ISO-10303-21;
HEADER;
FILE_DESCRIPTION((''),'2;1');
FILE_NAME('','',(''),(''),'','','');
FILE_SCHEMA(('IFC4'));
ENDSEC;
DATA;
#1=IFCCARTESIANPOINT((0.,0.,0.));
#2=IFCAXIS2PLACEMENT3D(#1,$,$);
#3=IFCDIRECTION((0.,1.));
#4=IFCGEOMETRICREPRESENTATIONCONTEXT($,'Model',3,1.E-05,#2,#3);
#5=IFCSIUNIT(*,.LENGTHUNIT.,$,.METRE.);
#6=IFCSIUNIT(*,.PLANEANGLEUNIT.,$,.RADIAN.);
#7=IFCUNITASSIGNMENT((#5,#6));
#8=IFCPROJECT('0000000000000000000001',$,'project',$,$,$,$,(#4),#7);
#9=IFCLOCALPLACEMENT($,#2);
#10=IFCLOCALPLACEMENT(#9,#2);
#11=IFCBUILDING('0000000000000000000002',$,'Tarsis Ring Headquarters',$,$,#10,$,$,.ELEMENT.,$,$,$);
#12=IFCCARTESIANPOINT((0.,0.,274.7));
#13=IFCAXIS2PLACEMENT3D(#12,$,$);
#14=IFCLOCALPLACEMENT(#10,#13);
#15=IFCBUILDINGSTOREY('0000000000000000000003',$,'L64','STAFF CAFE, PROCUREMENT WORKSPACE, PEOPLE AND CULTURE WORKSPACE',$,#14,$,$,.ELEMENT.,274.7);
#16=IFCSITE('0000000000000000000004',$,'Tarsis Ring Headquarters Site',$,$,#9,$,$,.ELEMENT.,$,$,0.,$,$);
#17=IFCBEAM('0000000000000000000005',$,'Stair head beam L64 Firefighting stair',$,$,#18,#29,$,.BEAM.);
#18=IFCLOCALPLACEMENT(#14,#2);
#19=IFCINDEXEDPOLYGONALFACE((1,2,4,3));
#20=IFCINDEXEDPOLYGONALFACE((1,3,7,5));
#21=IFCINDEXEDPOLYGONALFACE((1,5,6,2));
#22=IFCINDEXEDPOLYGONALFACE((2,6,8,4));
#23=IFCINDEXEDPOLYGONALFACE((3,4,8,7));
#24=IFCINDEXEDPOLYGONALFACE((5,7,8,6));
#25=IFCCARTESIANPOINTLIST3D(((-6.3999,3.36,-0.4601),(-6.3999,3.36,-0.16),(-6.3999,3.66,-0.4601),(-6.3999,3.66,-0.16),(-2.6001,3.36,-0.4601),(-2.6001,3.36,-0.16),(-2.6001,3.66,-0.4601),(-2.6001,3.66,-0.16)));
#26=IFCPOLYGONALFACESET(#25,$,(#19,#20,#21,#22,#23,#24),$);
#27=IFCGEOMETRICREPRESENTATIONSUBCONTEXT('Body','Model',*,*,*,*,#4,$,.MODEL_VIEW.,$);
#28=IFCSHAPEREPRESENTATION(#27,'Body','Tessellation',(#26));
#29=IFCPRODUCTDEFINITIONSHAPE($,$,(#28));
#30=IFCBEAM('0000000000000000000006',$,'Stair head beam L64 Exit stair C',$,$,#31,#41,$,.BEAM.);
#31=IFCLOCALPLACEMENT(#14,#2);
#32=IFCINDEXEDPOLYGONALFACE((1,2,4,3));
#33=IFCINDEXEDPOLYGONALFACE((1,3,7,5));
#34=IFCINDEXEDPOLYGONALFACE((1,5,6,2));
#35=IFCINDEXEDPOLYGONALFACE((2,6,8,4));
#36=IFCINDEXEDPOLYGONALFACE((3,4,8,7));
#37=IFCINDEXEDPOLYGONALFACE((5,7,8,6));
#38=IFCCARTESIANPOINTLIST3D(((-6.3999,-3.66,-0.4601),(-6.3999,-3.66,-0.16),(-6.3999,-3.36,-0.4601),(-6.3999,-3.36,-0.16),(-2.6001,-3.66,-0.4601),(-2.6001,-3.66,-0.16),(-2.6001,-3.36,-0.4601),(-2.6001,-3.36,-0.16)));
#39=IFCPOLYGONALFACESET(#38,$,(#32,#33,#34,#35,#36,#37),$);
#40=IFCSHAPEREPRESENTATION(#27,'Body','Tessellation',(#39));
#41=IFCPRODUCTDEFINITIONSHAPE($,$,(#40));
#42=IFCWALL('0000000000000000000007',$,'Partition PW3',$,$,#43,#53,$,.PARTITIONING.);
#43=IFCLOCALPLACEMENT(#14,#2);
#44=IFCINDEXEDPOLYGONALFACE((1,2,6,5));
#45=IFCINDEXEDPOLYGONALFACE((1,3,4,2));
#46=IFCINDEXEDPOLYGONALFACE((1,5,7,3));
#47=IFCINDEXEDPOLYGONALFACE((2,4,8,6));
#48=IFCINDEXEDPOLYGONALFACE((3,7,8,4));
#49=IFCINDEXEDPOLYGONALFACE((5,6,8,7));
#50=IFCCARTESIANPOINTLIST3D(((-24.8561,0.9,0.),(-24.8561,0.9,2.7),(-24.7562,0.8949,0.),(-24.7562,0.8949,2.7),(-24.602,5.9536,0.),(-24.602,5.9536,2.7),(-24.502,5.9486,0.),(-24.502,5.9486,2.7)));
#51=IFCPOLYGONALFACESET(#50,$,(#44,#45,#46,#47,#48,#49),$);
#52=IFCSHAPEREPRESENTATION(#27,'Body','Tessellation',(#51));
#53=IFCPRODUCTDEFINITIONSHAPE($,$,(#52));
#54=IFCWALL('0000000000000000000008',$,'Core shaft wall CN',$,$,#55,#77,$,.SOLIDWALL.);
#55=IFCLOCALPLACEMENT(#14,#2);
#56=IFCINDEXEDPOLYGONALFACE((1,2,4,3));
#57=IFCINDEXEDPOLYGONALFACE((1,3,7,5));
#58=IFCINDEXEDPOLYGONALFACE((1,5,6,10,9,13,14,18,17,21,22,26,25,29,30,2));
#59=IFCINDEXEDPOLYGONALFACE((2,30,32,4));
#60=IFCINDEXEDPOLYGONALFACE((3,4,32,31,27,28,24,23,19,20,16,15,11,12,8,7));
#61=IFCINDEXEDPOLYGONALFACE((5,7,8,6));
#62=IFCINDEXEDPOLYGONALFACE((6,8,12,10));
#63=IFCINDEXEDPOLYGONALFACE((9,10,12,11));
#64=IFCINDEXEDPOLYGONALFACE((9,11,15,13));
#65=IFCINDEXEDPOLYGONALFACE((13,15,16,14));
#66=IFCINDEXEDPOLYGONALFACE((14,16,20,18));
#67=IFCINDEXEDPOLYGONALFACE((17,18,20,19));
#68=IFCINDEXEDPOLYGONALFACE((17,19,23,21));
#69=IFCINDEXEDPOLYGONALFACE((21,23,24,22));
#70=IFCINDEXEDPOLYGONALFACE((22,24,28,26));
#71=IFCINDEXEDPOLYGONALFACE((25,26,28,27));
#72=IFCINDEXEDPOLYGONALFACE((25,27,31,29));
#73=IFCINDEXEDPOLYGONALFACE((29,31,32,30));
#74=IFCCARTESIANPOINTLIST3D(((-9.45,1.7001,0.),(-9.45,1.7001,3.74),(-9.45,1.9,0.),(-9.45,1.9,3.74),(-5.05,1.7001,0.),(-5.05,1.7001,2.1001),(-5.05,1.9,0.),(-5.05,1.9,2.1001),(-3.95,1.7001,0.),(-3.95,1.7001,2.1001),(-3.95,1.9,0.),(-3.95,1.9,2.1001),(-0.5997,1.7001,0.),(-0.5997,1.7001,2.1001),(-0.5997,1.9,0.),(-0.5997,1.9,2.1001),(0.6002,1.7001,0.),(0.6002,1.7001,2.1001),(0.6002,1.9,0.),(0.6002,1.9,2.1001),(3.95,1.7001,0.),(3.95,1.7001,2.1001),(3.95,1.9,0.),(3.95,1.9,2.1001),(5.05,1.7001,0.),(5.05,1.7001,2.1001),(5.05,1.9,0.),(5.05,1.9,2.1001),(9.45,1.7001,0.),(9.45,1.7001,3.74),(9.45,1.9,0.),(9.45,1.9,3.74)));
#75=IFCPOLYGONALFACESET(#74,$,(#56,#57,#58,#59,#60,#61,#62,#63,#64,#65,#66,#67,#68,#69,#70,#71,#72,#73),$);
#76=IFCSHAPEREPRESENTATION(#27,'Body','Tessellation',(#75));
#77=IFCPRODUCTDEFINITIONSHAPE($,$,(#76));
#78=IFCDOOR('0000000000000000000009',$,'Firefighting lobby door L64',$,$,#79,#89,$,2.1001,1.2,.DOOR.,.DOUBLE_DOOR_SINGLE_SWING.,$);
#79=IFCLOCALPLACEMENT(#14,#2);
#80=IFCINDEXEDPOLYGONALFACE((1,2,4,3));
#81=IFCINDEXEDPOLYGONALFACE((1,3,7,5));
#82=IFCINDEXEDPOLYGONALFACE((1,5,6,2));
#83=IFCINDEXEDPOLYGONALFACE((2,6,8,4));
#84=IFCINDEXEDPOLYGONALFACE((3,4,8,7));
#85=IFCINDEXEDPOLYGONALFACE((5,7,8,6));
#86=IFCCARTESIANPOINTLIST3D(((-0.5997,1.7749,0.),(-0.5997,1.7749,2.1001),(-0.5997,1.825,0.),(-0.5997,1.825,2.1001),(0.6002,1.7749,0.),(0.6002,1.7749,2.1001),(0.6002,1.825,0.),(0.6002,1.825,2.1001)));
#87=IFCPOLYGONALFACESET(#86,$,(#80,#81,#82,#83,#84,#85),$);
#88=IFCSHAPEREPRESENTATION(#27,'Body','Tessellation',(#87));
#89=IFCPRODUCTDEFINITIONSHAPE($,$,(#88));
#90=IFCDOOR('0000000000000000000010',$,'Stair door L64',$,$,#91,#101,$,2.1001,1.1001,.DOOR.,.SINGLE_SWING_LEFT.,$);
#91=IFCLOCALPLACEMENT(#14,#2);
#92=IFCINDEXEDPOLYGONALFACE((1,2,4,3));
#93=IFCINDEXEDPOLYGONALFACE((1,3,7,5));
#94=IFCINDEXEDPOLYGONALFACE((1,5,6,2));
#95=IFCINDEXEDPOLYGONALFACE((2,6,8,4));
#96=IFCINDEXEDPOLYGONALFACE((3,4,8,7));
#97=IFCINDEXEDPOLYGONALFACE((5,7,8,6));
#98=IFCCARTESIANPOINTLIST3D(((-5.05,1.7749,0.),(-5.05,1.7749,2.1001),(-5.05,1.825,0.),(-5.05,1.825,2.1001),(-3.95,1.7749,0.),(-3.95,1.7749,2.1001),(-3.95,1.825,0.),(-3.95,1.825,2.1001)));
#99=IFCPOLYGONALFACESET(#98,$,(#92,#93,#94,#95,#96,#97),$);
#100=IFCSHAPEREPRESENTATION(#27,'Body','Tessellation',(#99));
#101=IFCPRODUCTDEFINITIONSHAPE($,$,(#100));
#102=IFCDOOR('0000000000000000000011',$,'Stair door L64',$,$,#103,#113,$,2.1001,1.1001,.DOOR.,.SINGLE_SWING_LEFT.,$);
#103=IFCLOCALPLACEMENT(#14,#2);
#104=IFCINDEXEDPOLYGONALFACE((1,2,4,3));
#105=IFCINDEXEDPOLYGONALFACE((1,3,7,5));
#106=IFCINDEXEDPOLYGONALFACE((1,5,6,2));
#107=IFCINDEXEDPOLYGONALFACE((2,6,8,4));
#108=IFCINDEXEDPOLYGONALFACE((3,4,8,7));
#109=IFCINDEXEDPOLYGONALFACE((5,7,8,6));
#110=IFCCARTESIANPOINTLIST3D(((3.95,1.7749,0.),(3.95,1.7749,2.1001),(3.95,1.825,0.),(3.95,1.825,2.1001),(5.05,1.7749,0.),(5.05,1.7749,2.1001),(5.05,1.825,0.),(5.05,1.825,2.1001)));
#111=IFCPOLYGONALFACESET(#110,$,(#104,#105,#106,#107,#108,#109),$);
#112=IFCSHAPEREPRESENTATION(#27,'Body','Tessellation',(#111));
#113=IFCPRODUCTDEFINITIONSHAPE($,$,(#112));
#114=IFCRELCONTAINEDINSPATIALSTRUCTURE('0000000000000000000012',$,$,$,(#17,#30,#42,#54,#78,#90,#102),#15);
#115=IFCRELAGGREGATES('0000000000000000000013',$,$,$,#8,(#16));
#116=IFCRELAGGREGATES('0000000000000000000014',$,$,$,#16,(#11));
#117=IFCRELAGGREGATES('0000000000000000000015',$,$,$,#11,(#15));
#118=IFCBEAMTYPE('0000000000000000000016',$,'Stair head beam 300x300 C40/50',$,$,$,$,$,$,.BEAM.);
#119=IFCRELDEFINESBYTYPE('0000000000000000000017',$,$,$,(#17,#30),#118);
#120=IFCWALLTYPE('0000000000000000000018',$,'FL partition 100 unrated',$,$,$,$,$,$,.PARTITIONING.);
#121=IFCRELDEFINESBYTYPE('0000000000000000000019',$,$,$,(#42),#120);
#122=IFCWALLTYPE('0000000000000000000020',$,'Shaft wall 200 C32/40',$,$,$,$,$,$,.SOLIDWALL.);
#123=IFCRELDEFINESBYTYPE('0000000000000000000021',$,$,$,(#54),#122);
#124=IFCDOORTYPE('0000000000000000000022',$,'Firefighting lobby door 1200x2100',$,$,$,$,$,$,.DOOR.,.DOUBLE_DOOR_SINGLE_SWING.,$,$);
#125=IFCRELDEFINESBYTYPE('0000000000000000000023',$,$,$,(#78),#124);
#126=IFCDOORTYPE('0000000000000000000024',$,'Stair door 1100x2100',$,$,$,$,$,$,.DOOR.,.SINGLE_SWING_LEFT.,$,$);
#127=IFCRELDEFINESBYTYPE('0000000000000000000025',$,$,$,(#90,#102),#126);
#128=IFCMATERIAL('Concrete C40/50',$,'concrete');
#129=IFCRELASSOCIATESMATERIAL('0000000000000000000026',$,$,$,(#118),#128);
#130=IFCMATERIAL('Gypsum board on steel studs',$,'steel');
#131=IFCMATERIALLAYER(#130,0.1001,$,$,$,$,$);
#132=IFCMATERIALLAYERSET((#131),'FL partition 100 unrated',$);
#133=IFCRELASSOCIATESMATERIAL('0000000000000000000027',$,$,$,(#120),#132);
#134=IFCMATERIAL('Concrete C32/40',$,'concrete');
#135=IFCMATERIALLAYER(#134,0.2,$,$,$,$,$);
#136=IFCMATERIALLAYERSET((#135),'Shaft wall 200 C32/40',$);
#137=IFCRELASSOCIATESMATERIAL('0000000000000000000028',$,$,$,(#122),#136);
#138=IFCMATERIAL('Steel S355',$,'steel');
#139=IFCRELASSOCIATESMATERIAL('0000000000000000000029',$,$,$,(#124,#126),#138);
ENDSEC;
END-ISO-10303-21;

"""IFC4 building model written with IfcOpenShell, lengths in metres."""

from ifc_helpers import new_model, si_unit, direction, frame, frame_2d, origin, origin_2d, place, context, subcontext, project, spatial, rectangle, extrude, material, layer, layer_set, material_profile, profile_set, type_object, element, fill, save


model = new_model("IFC4")

# Units and contexts
model_context = context("Model", 3, precision=1e-05, world=origin(), true_north=direction((0.0, 1.0)))
body_context = subcontext(model_context, "Body", "Model", "MODEL_VIEW")
ifc_project = project(units=[si_unit("LENGTHUNIT", "METRE"), si_unit("PLANEANGLEUNIT", "RADIAN")], contexts=[model_context])

# Site, building, storey
site_placement = place(None, origin())
site = spatial("IfcSite", under=ifc_project, at=site_placement, Name="Tarsis Ring Headquarters Site", CompositionType="ELEMENT", RefElevation=0.0)
building_placement = place(site_placement, origin())
building = spatial("IfcBuilding", under=site, at=building_placement, Name="Tarsis Ring Headquarters", CompositionType="ELEMENT")
storey_placement = place(building_placement, frame((0.0, 0.0, 274.7)))
storey = spatial("IfcBuildingStorey", under=building, at=storey_placement, Name="L64", Description="STAFF CAFE, PROCUREMENT WORKSPACE, PEOPLE AND CULTURE WORKSPACE", CompositionType="ELEMENT", Elevation=274.7)

# Beams
ifc_material_1 = material(Name="Concrete C40/50", Category="concrete")
ifc_material_profile = material_profile(ifc_material_1, rectangle(XDim=0.3, YDim=0.3, at=origin_2d()), Name="Stair head beam 300x300 C40/50")
ifc_profile_set = profile_set([ifc_material_profile], Name="Concrete C40/50")
beam_type = type_object("IfcBeamType", Name="Stair head beam 300x300 C40/50", PredefinedType="BEAM", material=ifc_profile_set)
for number, where, z_axis, x_axis, name in (
    (1, (-6.3999, 3.51, -0.3101), (1.0, 0.0, 0.0), (0.0, 1.0, 0.0), "Stair head beam L64 Firefighting stair"),
    (2, (-6.3999, -3.51, -0.3101), (1.0, 0.0, 0.0), (0.0, 1.0, 0.0), "Stair head beam L64 Exit stair C"),
):
    element("IfcBeam", number, at=place(storey_placement, frame(where, z_axis=z_axis, x_axis=x_axis)), inside=storey, type_object=beam_type, Name=name, PredefinedType="BEAM", context=body_context, shape_type="SweptSolid", body=[
        extrude(rectangle(XDim=0.3, YDim=0.3, at=origin_2d()), origin(), (0.0, 0.0, 1.0), 3.7998),
    ])

# Wall
ifc_material_2 = material(Name="Gypsum board on steel studs", Category="steel")
ifc_layer_1 = layer(ifc_material_2, 0.1001)
ifc_layer_set_1 = layer_set([ifc_layer_1], Name="FL partition 100 unrated")
wall_type_1 = type_object("IfcWallType", Name="FL partition 100 unrated", PredefinedType="PARTITIONING", material=ifc_layer_set_1)
wall_1_placement = place(storey_placement, frame((-24.8062, 0.8975, 0.0), z_axis=(0.0, 0.0, 1.0), x_axis=(0.050226, 0.998738, 0.0)))
element("IfcWall", 3, at=wall_1_placement, inside=storey, type_object=wall_type_1, Name="Partition PW3", PredefinedType="PARTITIONING", context=body_context, shape_type="SweptSolid", body=[
    extrude(rectangle(XDim=5.0601, YDim=0.1001, at=frame_2d((2.53, 0.0))), origin(), (0.0, 0.0, 1.0), 2.7),
])

# Wall, openings, doors
ifc_material_3 = material(Name="Concrete C32/40", Category="concrete")
ifc_layer_2 = layer(ifc_material_3, 0.2)
ifc_layer_set_2 = layer_set([ifc_layer_2], Name="Shaft wall 200 C32/40")
wall_type_2 = type_object("IfcWallType", Name="Shaft wall 200 C32/40", PredefinedType="SOLIDWALL", material=ifc_layer_set_2)
wall_2_placement = place(storey_placement, frame((-9.45, 1.8, 0.0), z_axis=(0.0, 0.0, 1.0), x_axis=(1.0, 0.0, 0.0)))
wall_2 = element("IfcWall", 4, at=wall_2_placement, inside=storey, type_object=wall_type_2, Name="Core shaft wall CN", PredefinedType="SOLIDWALL", context=body_context, shape_type="SweptSolid", body=[
    extrude(rectangle(XDim=18.8999, YDim=0.2, at=frame_2d((9.45, 0.0))), origin(), (0.0, 0.0, 1.0), 3.74),
])
opening_1_placement = place(wall_2_placement, frame((4.3999, 0.0, 0.0)))
opening_1 = element("IfcOpeningElement", 5, at=opening_1_placement, cuts=wall_2, PredefinedType="OPENING", context=body_context, shape_type="SweptSolid", body=[
    extrude(rectangle(XDim=1.1001, YDim=2.1001, at=frame_2d((0.55, 1.05))), frame((0.0, 0.1099, 0.0), z_axis=(0.0, -1.0, 0.0), x_axis=(1.0, 0.0, 0.0)), (0.0, 0.0, 1.0), 0.22),
])
opening_2_placement = place(wall_2_placement, frame((8.8501, 0.0, 0.0)))
opening_2 = element("IfcOpeningElement", 6, at=opening_2_placement, cuts=wall_2, PredefinedType="OPENING", context=body_context, shape_type="SweptSolid", body=[
    extrude(rectangle(XDim=1.2, YDim=2.1001, at=frame_2d((0.6001, 1.05))), frame((0.0, 0.1099, 0.0), z_axis=(0.0, -1.0, 0.0), x_axis=(1.0, 0.0, 0.0)), (0.0, 0.0, 1.0), 0.22),
])
opening_3_placement = place(wall_2_placement, frame((13.3999, 0.0, 0.0)))
opening_3 = element("IfcOpeningElement", 7, at=opening_3_placement, cuts=wall_2, PredefinedType="OPENING", context=body_context, shape_type="SweptSolid", body=[
    extrude(rectangle(XDim=1.1001, YDim=2.1001, at=frame_2d((0.55, 1.05))), frame((0.0, 0.1099, 0.0), z_axis=(0.0, -1.0, 0.0), x_axis=(1.0, 0.0, 0.0)), (0.0, 0.0, 1.0), 0.22),
])
ifc_material_4 = material(Name="Steel S355", Category="steel")
door_type_1 = type_object("IfcDoorType", Name="Firefighting lobby door 1200x2100", OperationType="DOUBLE_DOOR_SINGLE_SWING", PredefinedType="DOOR", material=ifc_material_4)
door_1_placement = place(opening_2_placement, origin())
door_1 = element("IfcDoor", 8, at=door_1_placement, inside=storey, type_object=door_type_1, Name="Firefighting lobby door L64", OperationType="DOUBLE_DOOR_SINGLE_SWING", OverallHeight=2.1001, OverallWidth=1.2, PredefinedType="DOOR", context=body_context, shape_type="SweptSolid", body=[
    extrude(rectangle(XDim=1.2, YDim=2.1001, at=frame_2d((0.6001, 1.05))), frame((0.0, 0.0249, 0.0), z_axis=(0.0, -1.0, 0.0), x_axis=(1.0, 0.0, 0.0)), (0.0, 0.0, 1.0), 0.05),
])
fill(opening_2, door_1)
door_type_2 = type_object("IfcDoorType", Name="Stair door 1100x2100", OperationType="SINGLE_SWING_LEFT", PredefinedType="DOOR", material=ifc_material_4)
door_2_placement = place(opening_1_placement, origin())
door_2 = element("IfcDoor", 9, at=door_2_placement, inside=storey, type_object=door_type_2, Name="Stair door L64", OperationType="SINGLE_SWING_LEFT", OverallHeight=2.1001, OverallWidth=1.1001, PredefinedType="DOOR", context=body_context, shape_type="SweptSolid", body=[
    extrude(rectangle(XDim=1.1001, YDim=2.1001, at=frame_2d((0.55, 1.05))), frame((0.0, 0.0249, 0.0), z_axis=(0.0, -1.0, 0.0), x_axis=(1.0, 0.0, 0.0)), (0.0, 0.0, 1.0), 0.05),
])
fill(opening_1, door_2)
door_3_placement = place(opening_3_placement, origin())
door_3 = element("IfcDoor", 10, at=door_3_placement, inside=storey, type_object=door_type_2, Name="Stair door L64", OperationType="SINGLE_SWING_LEFT", OverallHeight=2.1001, OverallWidth=1.1001, PredefinedType="DOOR", context=body_context, shape_type="SweptSolid", body=[
    extrude(rectangle(XDim=1.1001, YDim=2.1001, at=frame_2d((0.55, 1.05))), frame((0.0, 0.0249, 0.0), z_axis=(0.0, -1.0, 0.0), x_axis=(1.0, 0.0, 0.0)), (0.0, 0.0, 1.0), 0.05),
])
fill(opening_3, door_3)

save(model, "model.ifc")
